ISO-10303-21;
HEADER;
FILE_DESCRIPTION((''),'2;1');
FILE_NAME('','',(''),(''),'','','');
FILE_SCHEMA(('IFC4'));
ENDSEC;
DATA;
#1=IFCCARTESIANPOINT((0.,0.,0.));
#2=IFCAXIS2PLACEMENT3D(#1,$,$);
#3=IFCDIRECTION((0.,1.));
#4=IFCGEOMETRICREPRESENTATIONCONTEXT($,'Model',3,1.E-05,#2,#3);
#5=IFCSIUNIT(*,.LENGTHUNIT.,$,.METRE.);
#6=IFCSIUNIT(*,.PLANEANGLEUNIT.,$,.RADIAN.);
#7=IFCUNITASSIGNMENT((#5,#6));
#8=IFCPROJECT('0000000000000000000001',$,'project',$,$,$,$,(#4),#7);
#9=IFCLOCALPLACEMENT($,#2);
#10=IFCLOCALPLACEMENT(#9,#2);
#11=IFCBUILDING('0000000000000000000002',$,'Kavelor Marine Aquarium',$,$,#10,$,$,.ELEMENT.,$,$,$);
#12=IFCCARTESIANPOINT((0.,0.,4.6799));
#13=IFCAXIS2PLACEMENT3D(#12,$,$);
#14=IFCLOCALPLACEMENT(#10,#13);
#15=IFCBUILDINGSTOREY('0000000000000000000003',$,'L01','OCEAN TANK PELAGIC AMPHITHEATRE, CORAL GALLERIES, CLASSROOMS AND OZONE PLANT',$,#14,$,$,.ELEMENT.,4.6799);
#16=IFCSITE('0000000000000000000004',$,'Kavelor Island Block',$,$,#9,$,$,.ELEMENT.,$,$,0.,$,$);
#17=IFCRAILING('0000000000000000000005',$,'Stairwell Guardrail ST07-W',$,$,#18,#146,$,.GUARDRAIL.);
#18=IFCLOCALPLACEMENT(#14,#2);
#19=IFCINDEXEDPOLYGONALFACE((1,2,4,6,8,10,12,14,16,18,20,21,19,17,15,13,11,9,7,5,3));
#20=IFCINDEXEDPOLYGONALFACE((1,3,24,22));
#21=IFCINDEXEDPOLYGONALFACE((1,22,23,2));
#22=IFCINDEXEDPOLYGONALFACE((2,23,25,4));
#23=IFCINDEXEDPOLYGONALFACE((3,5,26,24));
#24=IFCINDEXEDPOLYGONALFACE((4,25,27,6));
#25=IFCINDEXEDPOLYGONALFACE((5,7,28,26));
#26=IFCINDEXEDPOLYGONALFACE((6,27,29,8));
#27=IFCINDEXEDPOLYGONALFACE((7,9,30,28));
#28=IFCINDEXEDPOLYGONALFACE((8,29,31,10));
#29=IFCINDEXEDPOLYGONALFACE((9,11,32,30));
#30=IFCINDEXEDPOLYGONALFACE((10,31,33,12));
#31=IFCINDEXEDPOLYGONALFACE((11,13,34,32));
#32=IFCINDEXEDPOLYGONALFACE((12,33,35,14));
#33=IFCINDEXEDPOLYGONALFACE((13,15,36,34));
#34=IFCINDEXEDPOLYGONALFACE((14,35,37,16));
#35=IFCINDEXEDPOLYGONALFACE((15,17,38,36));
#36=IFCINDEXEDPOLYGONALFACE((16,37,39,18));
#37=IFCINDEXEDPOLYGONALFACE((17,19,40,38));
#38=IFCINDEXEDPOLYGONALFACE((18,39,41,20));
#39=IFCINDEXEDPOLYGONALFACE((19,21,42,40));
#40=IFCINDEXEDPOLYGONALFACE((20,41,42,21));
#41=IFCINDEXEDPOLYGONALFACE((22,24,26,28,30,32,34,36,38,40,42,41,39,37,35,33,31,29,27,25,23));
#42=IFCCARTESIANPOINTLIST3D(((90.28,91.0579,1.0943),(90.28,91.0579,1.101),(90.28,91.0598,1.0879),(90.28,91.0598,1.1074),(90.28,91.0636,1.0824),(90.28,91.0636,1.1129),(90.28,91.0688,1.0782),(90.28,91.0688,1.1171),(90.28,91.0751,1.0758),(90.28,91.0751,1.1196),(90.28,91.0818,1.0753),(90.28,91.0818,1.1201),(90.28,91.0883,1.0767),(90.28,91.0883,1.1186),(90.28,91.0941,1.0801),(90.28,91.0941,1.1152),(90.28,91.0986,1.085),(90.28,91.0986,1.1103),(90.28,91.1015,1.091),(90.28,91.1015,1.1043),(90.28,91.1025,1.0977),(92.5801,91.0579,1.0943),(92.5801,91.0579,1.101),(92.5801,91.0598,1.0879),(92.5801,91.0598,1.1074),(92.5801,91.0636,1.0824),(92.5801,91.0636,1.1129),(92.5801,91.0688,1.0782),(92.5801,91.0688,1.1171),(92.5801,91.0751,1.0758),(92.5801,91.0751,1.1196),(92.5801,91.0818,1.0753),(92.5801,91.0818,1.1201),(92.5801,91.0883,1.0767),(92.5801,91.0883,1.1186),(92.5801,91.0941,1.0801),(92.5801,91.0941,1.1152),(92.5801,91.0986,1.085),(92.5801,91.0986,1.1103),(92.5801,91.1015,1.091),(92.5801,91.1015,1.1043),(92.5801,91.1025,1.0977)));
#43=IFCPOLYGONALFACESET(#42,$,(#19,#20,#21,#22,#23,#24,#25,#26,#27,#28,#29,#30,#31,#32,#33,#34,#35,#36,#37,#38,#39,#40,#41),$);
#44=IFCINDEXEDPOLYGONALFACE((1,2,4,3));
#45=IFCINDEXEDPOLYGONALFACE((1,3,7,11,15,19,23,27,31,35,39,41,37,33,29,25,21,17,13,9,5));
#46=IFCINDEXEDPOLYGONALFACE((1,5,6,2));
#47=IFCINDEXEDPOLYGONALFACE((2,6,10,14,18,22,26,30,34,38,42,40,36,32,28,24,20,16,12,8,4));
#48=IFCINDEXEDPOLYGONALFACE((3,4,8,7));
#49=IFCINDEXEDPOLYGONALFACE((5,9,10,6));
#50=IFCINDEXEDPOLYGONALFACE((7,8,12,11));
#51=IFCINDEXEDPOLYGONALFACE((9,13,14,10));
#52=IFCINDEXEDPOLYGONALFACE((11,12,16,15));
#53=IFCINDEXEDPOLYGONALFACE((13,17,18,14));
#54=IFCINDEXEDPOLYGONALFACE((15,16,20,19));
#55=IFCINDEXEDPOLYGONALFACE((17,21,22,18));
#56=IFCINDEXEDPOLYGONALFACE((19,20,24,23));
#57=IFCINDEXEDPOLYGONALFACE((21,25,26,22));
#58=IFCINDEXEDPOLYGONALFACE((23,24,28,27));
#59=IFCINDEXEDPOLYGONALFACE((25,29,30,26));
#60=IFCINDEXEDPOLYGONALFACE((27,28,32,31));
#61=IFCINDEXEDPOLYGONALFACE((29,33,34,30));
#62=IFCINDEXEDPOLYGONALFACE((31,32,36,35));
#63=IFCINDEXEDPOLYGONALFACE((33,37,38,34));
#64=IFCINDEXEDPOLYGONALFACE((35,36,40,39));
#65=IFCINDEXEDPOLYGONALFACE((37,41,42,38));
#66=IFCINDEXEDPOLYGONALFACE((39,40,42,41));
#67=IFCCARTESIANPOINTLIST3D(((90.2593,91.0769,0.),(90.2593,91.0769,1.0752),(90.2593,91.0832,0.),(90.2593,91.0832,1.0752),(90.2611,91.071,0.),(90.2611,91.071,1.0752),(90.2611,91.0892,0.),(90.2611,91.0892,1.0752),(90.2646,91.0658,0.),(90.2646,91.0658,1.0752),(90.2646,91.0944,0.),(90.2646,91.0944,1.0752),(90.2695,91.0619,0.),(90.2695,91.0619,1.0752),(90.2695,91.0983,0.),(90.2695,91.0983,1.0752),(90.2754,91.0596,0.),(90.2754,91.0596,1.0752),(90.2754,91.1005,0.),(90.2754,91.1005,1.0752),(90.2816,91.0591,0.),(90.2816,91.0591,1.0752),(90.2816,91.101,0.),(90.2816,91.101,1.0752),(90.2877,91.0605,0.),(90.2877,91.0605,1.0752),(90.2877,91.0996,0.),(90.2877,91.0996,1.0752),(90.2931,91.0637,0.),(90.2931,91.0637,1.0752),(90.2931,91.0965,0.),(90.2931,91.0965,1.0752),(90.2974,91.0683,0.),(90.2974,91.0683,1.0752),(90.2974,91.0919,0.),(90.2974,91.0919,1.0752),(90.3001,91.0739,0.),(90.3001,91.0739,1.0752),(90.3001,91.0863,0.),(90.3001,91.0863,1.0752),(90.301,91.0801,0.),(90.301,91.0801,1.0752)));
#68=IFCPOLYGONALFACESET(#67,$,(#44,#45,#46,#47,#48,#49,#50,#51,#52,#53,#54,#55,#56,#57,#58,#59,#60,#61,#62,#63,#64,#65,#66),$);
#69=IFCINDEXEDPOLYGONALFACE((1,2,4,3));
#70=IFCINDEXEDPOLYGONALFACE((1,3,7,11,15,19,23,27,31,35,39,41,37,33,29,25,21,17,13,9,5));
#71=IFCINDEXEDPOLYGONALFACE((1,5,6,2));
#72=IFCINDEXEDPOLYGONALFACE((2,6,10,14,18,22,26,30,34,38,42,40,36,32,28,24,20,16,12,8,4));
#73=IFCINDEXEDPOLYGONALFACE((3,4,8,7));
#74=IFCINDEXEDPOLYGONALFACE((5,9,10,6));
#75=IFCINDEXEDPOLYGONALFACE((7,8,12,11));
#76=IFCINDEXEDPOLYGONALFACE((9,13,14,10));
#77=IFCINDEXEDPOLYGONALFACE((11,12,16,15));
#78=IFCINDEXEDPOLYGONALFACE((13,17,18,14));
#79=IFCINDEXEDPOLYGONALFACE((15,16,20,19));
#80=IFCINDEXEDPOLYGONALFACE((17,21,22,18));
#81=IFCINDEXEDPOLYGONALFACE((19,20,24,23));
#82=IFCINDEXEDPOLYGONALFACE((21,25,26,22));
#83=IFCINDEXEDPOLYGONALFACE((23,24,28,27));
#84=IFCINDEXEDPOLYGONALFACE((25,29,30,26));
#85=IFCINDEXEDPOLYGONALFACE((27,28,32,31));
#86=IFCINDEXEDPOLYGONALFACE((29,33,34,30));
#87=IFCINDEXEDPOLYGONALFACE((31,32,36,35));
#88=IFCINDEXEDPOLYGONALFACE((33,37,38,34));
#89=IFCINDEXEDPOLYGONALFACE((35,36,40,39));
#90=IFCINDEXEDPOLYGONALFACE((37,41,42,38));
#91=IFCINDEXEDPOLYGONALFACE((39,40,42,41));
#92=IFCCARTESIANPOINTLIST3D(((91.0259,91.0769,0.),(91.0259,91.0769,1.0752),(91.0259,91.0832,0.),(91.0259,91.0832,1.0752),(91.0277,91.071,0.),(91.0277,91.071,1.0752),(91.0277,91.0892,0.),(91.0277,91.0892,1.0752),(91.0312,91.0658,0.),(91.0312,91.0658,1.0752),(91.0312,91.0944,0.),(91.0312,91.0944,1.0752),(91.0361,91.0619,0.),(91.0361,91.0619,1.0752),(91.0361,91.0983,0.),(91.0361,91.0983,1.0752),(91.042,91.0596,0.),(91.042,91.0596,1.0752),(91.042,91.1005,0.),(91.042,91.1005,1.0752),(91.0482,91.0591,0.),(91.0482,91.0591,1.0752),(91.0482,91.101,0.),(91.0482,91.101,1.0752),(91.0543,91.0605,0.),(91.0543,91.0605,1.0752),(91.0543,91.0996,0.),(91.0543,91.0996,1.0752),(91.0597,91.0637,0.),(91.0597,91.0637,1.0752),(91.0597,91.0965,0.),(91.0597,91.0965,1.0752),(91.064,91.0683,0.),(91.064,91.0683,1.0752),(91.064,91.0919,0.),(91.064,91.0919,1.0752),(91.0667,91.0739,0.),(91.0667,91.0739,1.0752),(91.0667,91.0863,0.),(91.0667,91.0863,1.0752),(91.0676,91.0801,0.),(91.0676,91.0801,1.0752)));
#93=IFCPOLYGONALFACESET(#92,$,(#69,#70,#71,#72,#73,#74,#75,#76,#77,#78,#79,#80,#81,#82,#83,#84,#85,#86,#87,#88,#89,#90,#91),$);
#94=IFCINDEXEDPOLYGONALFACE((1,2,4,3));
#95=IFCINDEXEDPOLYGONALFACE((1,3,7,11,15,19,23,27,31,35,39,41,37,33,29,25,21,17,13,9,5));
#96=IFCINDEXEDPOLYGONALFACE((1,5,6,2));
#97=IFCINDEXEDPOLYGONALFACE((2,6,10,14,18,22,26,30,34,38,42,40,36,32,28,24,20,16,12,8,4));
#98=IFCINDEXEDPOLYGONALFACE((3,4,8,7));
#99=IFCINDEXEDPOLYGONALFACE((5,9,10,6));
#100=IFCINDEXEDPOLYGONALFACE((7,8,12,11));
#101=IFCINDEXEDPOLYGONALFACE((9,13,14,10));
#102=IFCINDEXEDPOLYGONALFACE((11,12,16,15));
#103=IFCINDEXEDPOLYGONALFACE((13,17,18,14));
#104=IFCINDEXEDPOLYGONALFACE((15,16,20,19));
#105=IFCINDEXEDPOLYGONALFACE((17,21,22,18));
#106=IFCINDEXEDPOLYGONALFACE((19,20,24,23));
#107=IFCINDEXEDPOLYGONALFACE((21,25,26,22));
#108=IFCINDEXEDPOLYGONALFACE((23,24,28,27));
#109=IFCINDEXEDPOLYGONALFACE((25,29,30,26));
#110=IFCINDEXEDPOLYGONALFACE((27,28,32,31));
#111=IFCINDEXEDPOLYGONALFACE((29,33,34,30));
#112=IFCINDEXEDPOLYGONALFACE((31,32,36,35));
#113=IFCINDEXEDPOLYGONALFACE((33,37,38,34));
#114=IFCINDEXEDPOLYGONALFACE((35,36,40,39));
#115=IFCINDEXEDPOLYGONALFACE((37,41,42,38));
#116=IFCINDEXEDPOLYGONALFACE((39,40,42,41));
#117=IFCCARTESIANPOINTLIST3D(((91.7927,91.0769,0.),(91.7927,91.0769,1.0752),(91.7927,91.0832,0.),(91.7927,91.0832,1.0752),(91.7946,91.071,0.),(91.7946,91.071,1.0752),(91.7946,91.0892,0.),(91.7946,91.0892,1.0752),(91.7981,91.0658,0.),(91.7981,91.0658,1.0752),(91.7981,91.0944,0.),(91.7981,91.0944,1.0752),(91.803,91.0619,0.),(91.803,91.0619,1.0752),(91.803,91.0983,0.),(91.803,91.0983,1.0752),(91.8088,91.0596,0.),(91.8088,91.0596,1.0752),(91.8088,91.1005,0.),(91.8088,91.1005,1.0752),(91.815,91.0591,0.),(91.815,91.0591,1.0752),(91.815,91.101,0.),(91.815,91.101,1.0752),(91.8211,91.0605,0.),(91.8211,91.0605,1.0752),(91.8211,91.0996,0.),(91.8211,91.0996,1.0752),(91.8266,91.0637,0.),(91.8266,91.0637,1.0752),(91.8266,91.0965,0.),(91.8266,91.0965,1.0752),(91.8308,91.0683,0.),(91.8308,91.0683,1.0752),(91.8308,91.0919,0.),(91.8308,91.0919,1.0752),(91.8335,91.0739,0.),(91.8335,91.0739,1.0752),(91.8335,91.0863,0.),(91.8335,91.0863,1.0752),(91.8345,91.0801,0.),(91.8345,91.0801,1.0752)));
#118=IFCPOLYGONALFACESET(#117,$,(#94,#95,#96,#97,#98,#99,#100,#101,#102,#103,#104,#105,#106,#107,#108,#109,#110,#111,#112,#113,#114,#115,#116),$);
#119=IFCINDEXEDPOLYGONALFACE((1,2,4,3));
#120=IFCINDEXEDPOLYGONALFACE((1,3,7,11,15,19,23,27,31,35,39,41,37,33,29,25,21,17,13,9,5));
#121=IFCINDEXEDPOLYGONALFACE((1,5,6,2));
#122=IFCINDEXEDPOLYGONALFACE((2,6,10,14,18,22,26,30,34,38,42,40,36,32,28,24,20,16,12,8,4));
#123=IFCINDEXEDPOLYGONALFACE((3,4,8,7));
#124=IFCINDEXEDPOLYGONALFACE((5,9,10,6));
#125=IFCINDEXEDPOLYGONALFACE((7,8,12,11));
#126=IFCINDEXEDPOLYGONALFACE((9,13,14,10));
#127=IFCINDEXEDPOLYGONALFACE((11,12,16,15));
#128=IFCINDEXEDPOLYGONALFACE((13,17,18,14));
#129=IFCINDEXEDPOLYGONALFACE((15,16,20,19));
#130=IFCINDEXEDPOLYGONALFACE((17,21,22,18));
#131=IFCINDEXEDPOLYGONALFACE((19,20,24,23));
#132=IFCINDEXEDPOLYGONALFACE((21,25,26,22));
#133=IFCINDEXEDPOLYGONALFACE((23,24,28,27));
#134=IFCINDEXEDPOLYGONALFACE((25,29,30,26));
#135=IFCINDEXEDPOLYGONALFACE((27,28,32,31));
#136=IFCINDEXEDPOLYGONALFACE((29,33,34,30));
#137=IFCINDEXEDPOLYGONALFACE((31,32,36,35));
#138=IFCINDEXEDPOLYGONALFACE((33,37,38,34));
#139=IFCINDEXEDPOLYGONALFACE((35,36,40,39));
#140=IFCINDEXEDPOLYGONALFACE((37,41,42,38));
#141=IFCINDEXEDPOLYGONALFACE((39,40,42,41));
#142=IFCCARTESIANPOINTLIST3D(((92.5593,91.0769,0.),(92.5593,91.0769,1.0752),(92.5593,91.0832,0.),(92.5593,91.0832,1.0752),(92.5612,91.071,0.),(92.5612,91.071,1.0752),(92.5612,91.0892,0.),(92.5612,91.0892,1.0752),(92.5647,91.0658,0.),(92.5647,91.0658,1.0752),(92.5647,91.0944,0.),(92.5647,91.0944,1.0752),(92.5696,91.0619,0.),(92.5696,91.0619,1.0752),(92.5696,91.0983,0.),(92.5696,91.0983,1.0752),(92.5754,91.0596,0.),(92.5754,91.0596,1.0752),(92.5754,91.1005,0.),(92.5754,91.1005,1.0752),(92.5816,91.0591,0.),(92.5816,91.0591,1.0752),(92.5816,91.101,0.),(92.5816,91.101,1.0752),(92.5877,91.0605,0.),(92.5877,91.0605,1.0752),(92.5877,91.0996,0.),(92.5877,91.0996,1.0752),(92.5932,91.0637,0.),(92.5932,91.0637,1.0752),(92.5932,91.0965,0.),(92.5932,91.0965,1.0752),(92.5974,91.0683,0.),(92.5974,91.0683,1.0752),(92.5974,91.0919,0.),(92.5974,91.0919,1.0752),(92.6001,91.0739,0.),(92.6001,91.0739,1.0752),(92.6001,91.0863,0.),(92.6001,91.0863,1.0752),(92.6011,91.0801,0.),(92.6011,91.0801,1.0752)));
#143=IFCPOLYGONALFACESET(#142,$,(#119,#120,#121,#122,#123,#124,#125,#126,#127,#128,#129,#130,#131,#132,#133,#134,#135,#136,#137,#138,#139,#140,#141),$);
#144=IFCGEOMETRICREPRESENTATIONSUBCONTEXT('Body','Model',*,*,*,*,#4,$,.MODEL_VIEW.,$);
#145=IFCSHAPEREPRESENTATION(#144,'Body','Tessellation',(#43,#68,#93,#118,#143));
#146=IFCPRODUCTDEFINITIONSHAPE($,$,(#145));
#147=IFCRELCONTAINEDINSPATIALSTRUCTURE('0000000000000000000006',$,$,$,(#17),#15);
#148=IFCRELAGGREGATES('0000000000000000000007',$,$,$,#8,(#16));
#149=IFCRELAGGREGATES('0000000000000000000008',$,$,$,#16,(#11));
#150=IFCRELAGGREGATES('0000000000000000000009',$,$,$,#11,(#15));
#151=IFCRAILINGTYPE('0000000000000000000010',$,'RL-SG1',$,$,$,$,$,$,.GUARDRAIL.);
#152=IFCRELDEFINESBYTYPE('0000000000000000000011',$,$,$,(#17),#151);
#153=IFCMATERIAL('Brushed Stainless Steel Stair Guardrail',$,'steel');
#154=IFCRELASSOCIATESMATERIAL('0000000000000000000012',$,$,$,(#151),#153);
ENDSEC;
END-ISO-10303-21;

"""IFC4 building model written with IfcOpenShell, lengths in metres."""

from ifc_helpers import new_model, si_unit, direction, frame, origin, origin_2d, place, context, subcontext, project, spatial, circle, extrude, material, type_object, element, save


model = new_model("IFC4")

# Units and contexts
model_context = context("Model", 3, precision=1e-05, world=origin(), true_north=direction((0.0, 1.0)))
body_context = subcontext(model_context, "Body", "Model", "MODEL_VIEW")
ifc_project = project(units=[si_unit("LENGTHUNIT", "METRE"), si_unit("PLANEANGLEUNIT", "RADIAN")], contexts=[model_context])

# Site, building, storey
site_placement = place(None, origin())
site = spatial("IfcSite", under=ifc_project, at=site_placement, Name="Kavelor Island Block", CompositionType="ELEMENT", RefElevation=0.0)
building_placement = place(site_placement, origin())
building = spatial("IfcBuilding", under=site, at=building_placement, Name="Kavelor Marine Aquarium", CompositionType="ELEMENT")
storey_placement = place(building_placement, frame((0.0, 0.0, 4.6799)))
storey = spatial("IfcBuildingStorey", under=building, at=storey_placement, Name="L01", Description="OCEAN TANK PELAGIC AMPHITHEATRE, CORAL GALLERIES, CLASSROOMS AND OZONE PLANT", CompositionType="ELEMENT", Elevation=4.6799)

# Railing
ifc_material_1 = material(Name="Brushed Stainless Steel Stair Guardrail", Category="steel")
railing_type_1 = type_object("IfcRailingType", Name="RL-SG1", PredefinedType="GUARDRAIL", material=ifc_material_1)
railing_1_placement = place(storey_placement, frame((90.28, 91.0801, 0.0)))
element("IfcRailing", 1, at=railing_1_placement, inside=storey, type_object=railing_type_1, Name="Stairwell Guardrail ST07-W", PredefinedType="GUARDRAIL", context=body_context, shape_type="SweptSolid", body=[
    extrude(circle(Radius=0.0225, at=origin_2d()), frame((0.0, 0.0, 1.0977), z_axis=(1.0, 0.0, 0.0), x_axis=(0.0, 1.0, 0.0)), (0.0, 0.0, 1.0), 2.3),
    extrude(circle(Radius=0.021, at=origin_2d()), origin(), (0.0, 0.0, 1.0), 1.0752),
    extrude(circle(Radius=0.021, at=origin_2d()), frame((0.7666, 0.0, 0.0)), (0.0, 0.0, 1.0), 1.0752),
    extrude(circle(Radius=0.021, at=origin_2d()), frame((1.5334, 0.0, 0.0)), (0.0, 0.0, 1.0), 1.0752),
    extrude(circle(Radius=0.021, at=origin_2d()), frame((2.3, 0.0, 0.0)), (0.0, 0.0, 1.0), 1.0752),
])

save(model, "model.ifc")
